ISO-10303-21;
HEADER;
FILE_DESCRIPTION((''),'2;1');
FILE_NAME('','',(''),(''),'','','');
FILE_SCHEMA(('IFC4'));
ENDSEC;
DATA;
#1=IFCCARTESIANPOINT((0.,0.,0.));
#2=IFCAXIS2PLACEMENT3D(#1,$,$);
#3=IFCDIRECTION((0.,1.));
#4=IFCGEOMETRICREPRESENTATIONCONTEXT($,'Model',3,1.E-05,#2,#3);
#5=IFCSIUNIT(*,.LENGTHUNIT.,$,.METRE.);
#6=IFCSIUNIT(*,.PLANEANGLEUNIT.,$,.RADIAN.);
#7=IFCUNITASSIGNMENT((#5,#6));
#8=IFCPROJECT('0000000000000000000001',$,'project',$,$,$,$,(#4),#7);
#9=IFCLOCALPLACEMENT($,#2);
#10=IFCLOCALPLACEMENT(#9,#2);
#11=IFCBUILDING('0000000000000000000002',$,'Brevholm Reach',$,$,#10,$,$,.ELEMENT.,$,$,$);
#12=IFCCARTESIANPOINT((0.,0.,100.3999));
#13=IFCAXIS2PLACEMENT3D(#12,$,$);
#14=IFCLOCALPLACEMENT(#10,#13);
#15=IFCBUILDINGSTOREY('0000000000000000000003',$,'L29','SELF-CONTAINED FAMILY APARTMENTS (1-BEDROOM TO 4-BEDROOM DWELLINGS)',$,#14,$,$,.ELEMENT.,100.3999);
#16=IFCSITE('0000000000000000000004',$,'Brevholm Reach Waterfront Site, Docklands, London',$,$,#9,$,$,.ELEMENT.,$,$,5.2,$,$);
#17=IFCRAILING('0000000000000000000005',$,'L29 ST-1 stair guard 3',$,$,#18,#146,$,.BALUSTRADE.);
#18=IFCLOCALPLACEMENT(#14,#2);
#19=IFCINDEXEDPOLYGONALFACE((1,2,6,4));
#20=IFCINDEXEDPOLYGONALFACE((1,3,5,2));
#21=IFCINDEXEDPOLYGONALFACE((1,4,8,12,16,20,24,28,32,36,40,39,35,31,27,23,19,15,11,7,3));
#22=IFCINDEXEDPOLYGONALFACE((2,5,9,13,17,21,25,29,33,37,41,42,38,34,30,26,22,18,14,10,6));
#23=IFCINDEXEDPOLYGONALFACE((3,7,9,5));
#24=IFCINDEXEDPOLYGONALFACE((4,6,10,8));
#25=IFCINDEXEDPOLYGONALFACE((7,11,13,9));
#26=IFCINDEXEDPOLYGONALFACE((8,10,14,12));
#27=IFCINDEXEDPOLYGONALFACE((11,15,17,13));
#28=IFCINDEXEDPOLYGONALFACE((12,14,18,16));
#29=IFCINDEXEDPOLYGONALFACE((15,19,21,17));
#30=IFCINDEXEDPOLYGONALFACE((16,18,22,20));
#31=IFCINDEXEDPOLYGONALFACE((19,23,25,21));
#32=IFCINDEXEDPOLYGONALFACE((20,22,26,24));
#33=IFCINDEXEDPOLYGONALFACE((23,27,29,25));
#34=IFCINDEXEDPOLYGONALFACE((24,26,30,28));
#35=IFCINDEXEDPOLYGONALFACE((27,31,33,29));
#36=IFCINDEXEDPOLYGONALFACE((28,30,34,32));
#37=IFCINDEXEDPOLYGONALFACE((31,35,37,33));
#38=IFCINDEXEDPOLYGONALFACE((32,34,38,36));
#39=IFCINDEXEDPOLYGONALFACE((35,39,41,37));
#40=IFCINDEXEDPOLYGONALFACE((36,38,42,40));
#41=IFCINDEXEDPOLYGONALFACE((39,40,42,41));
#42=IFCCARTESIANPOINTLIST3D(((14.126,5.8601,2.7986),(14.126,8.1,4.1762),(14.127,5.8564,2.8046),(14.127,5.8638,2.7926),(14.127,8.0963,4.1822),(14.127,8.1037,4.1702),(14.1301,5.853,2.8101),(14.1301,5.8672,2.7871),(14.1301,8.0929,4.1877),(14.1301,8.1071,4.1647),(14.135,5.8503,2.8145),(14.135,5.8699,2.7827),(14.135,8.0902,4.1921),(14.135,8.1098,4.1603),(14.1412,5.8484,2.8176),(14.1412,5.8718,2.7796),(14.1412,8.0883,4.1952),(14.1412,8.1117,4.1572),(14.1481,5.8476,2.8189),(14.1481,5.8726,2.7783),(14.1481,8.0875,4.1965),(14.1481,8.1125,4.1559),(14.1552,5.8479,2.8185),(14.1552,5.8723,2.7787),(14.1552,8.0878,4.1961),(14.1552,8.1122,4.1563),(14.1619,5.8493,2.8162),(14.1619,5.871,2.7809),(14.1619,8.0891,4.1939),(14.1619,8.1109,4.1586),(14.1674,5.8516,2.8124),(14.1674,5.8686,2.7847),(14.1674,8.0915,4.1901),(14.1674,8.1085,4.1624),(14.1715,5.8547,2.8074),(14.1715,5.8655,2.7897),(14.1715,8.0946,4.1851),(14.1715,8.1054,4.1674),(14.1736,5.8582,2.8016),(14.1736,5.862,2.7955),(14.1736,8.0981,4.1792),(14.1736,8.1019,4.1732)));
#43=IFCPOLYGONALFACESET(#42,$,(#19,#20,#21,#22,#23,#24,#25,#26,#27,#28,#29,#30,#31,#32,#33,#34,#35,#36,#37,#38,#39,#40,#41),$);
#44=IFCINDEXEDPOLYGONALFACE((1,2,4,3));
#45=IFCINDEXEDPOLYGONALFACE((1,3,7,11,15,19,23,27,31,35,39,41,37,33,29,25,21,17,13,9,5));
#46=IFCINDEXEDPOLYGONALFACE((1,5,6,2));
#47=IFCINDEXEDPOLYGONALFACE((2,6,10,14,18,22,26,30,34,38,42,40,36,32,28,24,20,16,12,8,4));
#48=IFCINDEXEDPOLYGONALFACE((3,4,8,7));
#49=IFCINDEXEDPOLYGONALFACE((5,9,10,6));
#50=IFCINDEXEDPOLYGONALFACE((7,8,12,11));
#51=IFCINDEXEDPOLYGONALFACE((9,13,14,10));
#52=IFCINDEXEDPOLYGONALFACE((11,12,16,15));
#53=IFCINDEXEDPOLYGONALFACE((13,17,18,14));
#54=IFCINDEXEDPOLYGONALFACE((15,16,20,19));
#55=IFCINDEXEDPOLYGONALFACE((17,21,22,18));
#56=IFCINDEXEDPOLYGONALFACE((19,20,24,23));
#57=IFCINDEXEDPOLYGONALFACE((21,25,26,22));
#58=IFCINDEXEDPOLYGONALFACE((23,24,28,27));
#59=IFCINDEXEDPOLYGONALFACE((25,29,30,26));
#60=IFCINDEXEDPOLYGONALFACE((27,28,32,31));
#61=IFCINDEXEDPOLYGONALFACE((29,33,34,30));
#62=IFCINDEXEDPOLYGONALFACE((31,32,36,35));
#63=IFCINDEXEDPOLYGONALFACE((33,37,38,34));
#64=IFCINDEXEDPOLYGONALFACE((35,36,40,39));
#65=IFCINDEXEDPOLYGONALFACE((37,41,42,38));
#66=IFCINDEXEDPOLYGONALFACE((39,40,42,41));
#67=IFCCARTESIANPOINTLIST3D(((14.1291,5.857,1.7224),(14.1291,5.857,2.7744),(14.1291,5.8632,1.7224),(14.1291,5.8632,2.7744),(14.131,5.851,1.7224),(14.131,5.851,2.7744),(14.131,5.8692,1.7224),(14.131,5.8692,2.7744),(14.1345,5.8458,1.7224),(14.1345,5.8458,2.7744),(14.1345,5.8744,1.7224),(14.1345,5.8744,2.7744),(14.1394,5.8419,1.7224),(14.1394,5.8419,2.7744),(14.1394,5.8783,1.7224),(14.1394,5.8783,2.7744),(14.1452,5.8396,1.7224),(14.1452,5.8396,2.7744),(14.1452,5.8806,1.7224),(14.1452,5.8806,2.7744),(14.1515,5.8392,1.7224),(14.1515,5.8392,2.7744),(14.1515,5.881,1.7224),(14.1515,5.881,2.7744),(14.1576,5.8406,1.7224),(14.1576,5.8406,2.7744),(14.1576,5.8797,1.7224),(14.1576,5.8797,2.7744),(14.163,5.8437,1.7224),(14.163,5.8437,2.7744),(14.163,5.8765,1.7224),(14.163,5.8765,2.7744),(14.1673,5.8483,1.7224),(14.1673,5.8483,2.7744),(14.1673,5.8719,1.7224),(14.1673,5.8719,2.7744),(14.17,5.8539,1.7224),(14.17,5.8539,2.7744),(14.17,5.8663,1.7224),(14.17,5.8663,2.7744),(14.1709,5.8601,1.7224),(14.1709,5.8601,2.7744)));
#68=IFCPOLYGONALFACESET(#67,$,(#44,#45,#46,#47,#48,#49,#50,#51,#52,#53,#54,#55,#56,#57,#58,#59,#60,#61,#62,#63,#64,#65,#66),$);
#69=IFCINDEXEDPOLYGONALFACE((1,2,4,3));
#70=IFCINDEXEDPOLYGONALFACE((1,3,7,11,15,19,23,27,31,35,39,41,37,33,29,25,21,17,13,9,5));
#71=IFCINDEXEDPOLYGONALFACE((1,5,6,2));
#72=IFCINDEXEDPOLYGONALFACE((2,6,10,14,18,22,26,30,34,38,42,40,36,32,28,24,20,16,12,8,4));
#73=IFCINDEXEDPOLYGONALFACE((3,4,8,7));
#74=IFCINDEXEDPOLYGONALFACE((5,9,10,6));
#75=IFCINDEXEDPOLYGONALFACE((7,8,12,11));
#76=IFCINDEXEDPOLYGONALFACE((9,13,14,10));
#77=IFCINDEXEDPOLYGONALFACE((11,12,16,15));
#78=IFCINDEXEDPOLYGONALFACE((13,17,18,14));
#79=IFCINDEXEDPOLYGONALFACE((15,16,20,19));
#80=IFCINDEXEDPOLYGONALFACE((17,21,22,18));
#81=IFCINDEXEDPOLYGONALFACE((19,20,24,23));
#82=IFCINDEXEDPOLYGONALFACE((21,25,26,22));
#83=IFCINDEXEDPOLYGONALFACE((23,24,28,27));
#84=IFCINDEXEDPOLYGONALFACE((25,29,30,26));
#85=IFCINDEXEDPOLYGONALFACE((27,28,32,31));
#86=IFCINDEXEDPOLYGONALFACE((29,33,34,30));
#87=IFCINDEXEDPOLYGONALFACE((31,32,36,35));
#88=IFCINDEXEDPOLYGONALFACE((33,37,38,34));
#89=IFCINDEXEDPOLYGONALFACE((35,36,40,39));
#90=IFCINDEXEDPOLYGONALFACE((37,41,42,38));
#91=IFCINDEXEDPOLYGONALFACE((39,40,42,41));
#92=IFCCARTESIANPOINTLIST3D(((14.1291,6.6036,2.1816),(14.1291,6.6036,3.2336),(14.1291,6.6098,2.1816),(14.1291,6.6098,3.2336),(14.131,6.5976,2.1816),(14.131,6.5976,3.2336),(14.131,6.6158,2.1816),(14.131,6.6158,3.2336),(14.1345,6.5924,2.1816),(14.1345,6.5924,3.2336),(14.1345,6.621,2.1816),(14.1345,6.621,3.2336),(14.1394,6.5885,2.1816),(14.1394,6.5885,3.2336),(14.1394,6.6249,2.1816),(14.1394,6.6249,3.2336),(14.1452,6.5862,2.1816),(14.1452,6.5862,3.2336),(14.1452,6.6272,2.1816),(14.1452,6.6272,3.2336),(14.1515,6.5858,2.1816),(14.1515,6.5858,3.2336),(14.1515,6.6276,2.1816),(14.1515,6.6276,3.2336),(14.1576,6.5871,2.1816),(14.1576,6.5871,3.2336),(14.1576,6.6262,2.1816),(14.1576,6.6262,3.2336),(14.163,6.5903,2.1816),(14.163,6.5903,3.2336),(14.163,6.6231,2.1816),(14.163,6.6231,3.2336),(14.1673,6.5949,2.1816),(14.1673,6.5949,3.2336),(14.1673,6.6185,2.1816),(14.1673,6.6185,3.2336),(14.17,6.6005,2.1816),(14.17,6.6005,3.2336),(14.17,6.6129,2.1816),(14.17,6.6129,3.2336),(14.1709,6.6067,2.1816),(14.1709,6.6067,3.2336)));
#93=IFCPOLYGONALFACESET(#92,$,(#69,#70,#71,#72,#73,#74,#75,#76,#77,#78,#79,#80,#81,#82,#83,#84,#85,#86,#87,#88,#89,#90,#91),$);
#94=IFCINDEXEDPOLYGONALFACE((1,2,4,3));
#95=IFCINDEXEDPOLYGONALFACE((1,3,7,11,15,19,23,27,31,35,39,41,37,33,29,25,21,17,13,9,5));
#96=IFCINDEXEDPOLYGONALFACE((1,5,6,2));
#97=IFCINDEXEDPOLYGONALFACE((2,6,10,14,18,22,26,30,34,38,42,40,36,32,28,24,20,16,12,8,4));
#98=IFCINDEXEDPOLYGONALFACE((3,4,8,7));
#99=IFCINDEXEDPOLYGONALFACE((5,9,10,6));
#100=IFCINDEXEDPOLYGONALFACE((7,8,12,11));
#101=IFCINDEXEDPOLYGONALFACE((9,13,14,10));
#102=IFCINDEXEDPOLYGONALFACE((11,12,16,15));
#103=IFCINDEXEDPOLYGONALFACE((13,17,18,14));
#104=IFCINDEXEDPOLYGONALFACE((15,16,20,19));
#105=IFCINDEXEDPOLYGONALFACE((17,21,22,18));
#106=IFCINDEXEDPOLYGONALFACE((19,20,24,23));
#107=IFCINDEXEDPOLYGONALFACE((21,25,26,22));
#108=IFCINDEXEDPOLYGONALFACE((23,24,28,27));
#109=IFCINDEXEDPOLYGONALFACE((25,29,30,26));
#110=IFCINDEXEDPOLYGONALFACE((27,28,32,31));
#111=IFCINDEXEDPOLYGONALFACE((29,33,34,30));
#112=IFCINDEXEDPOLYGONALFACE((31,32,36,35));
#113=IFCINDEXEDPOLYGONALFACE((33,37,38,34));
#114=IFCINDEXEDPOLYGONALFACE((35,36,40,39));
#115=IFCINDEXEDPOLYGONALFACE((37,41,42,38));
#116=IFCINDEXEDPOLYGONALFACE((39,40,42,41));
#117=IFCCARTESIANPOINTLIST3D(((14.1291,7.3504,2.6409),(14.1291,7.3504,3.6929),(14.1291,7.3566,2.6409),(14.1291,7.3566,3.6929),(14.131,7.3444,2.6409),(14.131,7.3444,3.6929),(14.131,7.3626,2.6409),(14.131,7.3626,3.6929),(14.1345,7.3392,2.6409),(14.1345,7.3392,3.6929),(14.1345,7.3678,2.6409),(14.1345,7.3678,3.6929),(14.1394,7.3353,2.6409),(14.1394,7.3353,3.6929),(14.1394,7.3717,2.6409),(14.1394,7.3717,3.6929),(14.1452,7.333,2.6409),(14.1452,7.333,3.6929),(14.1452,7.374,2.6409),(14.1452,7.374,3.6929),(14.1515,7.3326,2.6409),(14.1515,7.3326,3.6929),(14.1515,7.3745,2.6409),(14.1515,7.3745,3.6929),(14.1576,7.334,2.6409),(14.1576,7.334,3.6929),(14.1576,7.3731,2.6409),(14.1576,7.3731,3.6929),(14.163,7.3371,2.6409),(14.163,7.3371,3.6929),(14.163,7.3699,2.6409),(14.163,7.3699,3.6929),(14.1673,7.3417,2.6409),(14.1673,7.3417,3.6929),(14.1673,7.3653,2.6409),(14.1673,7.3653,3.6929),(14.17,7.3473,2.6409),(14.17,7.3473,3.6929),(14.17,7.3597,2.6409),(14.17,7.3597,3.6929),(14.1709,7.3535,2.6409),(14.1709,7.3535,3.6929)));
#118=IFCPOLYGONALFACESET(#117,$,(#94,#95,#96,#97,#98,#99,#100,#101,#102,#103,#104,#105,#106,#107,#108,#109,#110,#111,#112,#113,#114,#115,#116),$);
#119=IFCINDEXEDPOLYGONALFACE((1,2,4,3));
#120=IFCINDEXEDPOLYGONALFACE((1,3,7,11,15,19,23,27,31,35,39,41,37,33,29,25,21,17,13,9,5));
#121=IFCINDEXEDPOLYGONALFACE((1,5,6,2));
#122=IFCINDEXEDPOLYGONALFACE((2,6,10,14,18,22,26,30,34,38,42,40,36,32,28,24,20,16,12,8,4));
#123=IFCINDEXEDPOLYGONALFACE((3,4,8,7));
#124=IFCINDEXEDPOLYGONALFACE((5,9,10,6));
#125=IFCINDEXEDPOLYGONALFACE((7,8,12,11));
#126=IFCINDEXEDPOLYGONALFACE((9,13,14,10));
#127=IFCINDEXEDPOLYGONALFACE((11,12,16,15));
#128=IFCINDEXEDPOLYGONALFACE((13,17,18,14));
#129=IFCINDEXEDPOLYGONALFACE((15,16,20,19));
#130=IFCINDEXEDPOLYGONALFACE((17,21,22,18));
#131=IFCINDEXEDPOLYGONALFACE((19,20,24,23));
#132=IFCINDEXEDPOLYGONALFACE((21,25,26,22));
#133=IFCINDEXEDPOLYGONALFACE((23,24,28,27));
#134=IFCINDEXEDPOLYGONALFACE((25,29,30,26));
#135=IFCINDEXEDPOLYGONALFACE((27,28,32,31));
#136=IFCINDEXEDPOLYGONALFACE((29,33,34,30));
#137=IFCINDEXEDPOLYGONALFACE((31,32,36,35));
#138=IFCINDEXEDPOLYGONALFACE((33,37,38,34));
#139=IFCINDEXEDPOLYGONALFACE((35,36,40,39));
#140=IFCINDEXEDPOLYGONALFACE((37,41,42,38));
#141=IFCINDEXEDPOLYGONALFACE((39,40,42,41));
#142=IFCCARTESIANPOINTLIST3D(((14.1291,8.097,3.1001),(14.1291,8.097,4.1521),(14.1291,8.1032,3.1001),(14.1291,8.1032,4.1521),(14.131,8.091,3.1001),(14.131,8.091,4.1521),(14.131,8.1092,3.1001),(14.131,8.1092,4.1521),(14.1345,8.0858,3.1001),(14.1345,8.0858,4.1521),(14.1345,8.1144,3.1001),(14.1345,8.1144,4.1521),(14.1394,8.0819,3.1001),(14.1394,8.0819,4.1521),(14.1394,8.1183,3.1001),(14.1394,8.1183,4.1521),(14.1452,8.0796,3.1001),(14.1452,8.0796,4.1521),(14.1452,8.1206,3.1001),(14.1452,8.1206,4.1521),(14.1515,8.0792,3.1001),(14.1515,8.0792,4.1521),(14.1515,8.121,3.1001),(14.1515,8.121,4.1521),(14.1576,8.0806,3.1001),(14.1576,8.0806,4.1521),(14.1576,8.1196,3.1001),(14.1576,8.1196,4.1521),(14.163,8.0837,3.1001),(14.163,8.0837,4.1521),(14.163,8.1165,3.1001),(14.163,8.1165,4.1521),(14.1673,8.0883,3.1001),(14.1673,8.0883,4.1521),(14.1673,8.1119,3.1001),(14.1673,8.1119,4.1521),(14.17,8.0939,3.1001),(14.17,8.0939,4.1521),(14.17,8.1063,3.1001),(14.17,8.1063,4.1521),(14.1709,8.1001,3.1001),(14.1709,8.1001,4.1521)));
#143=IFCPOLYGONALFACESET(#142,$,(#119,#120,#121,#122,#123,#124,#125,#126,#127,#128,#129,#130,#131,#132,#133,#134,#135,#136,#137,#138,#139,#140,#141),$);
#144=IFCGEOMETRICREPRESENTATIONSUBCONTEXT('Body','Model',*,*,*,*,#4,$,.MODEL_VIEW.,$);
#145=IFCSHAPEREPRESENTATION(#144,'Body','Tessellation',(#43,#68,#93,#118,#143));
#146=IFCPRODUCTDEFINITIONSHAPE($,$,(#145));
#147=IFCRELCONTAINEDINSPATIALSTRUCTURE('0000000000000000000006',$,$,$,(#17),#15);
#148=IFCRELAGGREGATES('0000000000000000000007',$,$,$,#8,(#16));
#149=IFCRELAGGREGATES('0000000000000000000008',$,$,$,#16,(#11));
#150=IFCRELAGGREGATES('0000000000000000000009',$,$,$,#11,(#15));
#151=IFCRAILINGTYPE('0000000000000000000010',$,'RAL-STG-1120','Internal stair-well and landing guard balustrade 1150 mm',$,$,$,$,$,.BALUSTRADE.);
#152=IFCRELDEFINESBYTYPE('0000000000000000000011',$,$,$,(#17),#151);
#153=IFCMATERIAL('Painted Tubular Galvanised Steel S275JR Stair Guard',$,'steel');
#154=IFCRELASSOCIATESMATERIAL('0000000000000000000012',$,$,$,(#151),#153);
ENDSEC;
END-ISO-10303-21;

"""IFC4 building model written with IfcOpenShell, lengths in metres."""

from ifc_helpers import new_model, si_unit, direction, frame, origin, origin_2d, place, context, subcontext, project, spatial, circle, extrude, material, type_object, element, save


model = new_model("IFC4")

# Units and contexts
model_context = context("Model", 3, precision=1e-05, world=origin(), true_north=direction((0.0, 1.0)))
body_context = subcontext(model_context, "Body", "Model", "MODEL_VIEW")
ifc_project = project(units=[si_unit("LENGTHUNIT", "METRE"), si_unit("PLANEANGLEUNIT", "RADIAN")], contexts=[model_context])

# Site, building, storey
site_placement = place(None, origin())
site = spatial("IfcSite", under=ifc_project, at=site_placement, Name="Brevholm Reach Waterfront Site, Docklands, London", CompositionType="ELEMENT", RefElevation=5.2)
building_placement = place(site_placement, origin())
building = spatial("IfcBuilding", under=site, at=building_placement, Name="Brevholm Reach", CompositionType="ELEMENT")
storey_placement = place(building_placement, frame((0.0, 0.0, 100.3999)))
storey = spatial("IfcBuildingStorey", under=building, at=storey_placement, Name="L29", Description="SELF-CONTAINED FAMILY APARTMENTS (1-BEDROOM TO 4-BEDROOM DWELLINGS)", CompositionType="ELEMENT", Elevation=100.3999)

# Railing
ifc_material_1 = material(Name="Painted Tubular Galvanised Steel S275JR Stair Guard", Category="steel")
railing_type_1 = type_object("IfcRailingType", Name="RAL-STG-1120", Description="Internal stair-well and landing guard balustrade 1150 mm", PredefinedType="BALUSTRADE", material=ifc_material_1)
railing_1_placement = place(storey_placement, frame((14.1499, 5.8601, 1.7224)))
element("IfcRailing", 1, at=railing_1_placement, inside=storey, type_object=railing_type_1, Name="L29 ST-1 stair guard 3", PredefinedType="BALUSTRADE", context=body_context, shape_type="SweptSolid", body=[
    extrude(circle(Radius=0.0239, at=origin_2d()), frame((0.0, 0.0, 1.0762), z_axis=(0.0, 0.851789, 0.523885), x_axis=(-1.0, 0.0, 0.0)), (0.0, 0.0, 1.0), 2.6296),
    extrude(circle(Radius=0.021, at=origin_2d()), origin(), (0.0, 0.0, 1.0), 1.052),
    extrude(circle(Radius=0.021, at=origin_2d()), frame((0.0, 0.7466, 0.4592)), (0.0, 0.0, 1.0), 1.052),
    extrude(circle(Radius=0.021, at=origin_2d()), frame((0.0, 1.4934, 0.9185)), (0.0, 0.0, 1.0), 1.052),
    extrude(circle(Radius=0.021, at=origin_2d()), frame((0.0, 2.24, 1.3777)), (0.0, 0.0, 1.0), 1.052),
])

save(model, "model.ifc")
